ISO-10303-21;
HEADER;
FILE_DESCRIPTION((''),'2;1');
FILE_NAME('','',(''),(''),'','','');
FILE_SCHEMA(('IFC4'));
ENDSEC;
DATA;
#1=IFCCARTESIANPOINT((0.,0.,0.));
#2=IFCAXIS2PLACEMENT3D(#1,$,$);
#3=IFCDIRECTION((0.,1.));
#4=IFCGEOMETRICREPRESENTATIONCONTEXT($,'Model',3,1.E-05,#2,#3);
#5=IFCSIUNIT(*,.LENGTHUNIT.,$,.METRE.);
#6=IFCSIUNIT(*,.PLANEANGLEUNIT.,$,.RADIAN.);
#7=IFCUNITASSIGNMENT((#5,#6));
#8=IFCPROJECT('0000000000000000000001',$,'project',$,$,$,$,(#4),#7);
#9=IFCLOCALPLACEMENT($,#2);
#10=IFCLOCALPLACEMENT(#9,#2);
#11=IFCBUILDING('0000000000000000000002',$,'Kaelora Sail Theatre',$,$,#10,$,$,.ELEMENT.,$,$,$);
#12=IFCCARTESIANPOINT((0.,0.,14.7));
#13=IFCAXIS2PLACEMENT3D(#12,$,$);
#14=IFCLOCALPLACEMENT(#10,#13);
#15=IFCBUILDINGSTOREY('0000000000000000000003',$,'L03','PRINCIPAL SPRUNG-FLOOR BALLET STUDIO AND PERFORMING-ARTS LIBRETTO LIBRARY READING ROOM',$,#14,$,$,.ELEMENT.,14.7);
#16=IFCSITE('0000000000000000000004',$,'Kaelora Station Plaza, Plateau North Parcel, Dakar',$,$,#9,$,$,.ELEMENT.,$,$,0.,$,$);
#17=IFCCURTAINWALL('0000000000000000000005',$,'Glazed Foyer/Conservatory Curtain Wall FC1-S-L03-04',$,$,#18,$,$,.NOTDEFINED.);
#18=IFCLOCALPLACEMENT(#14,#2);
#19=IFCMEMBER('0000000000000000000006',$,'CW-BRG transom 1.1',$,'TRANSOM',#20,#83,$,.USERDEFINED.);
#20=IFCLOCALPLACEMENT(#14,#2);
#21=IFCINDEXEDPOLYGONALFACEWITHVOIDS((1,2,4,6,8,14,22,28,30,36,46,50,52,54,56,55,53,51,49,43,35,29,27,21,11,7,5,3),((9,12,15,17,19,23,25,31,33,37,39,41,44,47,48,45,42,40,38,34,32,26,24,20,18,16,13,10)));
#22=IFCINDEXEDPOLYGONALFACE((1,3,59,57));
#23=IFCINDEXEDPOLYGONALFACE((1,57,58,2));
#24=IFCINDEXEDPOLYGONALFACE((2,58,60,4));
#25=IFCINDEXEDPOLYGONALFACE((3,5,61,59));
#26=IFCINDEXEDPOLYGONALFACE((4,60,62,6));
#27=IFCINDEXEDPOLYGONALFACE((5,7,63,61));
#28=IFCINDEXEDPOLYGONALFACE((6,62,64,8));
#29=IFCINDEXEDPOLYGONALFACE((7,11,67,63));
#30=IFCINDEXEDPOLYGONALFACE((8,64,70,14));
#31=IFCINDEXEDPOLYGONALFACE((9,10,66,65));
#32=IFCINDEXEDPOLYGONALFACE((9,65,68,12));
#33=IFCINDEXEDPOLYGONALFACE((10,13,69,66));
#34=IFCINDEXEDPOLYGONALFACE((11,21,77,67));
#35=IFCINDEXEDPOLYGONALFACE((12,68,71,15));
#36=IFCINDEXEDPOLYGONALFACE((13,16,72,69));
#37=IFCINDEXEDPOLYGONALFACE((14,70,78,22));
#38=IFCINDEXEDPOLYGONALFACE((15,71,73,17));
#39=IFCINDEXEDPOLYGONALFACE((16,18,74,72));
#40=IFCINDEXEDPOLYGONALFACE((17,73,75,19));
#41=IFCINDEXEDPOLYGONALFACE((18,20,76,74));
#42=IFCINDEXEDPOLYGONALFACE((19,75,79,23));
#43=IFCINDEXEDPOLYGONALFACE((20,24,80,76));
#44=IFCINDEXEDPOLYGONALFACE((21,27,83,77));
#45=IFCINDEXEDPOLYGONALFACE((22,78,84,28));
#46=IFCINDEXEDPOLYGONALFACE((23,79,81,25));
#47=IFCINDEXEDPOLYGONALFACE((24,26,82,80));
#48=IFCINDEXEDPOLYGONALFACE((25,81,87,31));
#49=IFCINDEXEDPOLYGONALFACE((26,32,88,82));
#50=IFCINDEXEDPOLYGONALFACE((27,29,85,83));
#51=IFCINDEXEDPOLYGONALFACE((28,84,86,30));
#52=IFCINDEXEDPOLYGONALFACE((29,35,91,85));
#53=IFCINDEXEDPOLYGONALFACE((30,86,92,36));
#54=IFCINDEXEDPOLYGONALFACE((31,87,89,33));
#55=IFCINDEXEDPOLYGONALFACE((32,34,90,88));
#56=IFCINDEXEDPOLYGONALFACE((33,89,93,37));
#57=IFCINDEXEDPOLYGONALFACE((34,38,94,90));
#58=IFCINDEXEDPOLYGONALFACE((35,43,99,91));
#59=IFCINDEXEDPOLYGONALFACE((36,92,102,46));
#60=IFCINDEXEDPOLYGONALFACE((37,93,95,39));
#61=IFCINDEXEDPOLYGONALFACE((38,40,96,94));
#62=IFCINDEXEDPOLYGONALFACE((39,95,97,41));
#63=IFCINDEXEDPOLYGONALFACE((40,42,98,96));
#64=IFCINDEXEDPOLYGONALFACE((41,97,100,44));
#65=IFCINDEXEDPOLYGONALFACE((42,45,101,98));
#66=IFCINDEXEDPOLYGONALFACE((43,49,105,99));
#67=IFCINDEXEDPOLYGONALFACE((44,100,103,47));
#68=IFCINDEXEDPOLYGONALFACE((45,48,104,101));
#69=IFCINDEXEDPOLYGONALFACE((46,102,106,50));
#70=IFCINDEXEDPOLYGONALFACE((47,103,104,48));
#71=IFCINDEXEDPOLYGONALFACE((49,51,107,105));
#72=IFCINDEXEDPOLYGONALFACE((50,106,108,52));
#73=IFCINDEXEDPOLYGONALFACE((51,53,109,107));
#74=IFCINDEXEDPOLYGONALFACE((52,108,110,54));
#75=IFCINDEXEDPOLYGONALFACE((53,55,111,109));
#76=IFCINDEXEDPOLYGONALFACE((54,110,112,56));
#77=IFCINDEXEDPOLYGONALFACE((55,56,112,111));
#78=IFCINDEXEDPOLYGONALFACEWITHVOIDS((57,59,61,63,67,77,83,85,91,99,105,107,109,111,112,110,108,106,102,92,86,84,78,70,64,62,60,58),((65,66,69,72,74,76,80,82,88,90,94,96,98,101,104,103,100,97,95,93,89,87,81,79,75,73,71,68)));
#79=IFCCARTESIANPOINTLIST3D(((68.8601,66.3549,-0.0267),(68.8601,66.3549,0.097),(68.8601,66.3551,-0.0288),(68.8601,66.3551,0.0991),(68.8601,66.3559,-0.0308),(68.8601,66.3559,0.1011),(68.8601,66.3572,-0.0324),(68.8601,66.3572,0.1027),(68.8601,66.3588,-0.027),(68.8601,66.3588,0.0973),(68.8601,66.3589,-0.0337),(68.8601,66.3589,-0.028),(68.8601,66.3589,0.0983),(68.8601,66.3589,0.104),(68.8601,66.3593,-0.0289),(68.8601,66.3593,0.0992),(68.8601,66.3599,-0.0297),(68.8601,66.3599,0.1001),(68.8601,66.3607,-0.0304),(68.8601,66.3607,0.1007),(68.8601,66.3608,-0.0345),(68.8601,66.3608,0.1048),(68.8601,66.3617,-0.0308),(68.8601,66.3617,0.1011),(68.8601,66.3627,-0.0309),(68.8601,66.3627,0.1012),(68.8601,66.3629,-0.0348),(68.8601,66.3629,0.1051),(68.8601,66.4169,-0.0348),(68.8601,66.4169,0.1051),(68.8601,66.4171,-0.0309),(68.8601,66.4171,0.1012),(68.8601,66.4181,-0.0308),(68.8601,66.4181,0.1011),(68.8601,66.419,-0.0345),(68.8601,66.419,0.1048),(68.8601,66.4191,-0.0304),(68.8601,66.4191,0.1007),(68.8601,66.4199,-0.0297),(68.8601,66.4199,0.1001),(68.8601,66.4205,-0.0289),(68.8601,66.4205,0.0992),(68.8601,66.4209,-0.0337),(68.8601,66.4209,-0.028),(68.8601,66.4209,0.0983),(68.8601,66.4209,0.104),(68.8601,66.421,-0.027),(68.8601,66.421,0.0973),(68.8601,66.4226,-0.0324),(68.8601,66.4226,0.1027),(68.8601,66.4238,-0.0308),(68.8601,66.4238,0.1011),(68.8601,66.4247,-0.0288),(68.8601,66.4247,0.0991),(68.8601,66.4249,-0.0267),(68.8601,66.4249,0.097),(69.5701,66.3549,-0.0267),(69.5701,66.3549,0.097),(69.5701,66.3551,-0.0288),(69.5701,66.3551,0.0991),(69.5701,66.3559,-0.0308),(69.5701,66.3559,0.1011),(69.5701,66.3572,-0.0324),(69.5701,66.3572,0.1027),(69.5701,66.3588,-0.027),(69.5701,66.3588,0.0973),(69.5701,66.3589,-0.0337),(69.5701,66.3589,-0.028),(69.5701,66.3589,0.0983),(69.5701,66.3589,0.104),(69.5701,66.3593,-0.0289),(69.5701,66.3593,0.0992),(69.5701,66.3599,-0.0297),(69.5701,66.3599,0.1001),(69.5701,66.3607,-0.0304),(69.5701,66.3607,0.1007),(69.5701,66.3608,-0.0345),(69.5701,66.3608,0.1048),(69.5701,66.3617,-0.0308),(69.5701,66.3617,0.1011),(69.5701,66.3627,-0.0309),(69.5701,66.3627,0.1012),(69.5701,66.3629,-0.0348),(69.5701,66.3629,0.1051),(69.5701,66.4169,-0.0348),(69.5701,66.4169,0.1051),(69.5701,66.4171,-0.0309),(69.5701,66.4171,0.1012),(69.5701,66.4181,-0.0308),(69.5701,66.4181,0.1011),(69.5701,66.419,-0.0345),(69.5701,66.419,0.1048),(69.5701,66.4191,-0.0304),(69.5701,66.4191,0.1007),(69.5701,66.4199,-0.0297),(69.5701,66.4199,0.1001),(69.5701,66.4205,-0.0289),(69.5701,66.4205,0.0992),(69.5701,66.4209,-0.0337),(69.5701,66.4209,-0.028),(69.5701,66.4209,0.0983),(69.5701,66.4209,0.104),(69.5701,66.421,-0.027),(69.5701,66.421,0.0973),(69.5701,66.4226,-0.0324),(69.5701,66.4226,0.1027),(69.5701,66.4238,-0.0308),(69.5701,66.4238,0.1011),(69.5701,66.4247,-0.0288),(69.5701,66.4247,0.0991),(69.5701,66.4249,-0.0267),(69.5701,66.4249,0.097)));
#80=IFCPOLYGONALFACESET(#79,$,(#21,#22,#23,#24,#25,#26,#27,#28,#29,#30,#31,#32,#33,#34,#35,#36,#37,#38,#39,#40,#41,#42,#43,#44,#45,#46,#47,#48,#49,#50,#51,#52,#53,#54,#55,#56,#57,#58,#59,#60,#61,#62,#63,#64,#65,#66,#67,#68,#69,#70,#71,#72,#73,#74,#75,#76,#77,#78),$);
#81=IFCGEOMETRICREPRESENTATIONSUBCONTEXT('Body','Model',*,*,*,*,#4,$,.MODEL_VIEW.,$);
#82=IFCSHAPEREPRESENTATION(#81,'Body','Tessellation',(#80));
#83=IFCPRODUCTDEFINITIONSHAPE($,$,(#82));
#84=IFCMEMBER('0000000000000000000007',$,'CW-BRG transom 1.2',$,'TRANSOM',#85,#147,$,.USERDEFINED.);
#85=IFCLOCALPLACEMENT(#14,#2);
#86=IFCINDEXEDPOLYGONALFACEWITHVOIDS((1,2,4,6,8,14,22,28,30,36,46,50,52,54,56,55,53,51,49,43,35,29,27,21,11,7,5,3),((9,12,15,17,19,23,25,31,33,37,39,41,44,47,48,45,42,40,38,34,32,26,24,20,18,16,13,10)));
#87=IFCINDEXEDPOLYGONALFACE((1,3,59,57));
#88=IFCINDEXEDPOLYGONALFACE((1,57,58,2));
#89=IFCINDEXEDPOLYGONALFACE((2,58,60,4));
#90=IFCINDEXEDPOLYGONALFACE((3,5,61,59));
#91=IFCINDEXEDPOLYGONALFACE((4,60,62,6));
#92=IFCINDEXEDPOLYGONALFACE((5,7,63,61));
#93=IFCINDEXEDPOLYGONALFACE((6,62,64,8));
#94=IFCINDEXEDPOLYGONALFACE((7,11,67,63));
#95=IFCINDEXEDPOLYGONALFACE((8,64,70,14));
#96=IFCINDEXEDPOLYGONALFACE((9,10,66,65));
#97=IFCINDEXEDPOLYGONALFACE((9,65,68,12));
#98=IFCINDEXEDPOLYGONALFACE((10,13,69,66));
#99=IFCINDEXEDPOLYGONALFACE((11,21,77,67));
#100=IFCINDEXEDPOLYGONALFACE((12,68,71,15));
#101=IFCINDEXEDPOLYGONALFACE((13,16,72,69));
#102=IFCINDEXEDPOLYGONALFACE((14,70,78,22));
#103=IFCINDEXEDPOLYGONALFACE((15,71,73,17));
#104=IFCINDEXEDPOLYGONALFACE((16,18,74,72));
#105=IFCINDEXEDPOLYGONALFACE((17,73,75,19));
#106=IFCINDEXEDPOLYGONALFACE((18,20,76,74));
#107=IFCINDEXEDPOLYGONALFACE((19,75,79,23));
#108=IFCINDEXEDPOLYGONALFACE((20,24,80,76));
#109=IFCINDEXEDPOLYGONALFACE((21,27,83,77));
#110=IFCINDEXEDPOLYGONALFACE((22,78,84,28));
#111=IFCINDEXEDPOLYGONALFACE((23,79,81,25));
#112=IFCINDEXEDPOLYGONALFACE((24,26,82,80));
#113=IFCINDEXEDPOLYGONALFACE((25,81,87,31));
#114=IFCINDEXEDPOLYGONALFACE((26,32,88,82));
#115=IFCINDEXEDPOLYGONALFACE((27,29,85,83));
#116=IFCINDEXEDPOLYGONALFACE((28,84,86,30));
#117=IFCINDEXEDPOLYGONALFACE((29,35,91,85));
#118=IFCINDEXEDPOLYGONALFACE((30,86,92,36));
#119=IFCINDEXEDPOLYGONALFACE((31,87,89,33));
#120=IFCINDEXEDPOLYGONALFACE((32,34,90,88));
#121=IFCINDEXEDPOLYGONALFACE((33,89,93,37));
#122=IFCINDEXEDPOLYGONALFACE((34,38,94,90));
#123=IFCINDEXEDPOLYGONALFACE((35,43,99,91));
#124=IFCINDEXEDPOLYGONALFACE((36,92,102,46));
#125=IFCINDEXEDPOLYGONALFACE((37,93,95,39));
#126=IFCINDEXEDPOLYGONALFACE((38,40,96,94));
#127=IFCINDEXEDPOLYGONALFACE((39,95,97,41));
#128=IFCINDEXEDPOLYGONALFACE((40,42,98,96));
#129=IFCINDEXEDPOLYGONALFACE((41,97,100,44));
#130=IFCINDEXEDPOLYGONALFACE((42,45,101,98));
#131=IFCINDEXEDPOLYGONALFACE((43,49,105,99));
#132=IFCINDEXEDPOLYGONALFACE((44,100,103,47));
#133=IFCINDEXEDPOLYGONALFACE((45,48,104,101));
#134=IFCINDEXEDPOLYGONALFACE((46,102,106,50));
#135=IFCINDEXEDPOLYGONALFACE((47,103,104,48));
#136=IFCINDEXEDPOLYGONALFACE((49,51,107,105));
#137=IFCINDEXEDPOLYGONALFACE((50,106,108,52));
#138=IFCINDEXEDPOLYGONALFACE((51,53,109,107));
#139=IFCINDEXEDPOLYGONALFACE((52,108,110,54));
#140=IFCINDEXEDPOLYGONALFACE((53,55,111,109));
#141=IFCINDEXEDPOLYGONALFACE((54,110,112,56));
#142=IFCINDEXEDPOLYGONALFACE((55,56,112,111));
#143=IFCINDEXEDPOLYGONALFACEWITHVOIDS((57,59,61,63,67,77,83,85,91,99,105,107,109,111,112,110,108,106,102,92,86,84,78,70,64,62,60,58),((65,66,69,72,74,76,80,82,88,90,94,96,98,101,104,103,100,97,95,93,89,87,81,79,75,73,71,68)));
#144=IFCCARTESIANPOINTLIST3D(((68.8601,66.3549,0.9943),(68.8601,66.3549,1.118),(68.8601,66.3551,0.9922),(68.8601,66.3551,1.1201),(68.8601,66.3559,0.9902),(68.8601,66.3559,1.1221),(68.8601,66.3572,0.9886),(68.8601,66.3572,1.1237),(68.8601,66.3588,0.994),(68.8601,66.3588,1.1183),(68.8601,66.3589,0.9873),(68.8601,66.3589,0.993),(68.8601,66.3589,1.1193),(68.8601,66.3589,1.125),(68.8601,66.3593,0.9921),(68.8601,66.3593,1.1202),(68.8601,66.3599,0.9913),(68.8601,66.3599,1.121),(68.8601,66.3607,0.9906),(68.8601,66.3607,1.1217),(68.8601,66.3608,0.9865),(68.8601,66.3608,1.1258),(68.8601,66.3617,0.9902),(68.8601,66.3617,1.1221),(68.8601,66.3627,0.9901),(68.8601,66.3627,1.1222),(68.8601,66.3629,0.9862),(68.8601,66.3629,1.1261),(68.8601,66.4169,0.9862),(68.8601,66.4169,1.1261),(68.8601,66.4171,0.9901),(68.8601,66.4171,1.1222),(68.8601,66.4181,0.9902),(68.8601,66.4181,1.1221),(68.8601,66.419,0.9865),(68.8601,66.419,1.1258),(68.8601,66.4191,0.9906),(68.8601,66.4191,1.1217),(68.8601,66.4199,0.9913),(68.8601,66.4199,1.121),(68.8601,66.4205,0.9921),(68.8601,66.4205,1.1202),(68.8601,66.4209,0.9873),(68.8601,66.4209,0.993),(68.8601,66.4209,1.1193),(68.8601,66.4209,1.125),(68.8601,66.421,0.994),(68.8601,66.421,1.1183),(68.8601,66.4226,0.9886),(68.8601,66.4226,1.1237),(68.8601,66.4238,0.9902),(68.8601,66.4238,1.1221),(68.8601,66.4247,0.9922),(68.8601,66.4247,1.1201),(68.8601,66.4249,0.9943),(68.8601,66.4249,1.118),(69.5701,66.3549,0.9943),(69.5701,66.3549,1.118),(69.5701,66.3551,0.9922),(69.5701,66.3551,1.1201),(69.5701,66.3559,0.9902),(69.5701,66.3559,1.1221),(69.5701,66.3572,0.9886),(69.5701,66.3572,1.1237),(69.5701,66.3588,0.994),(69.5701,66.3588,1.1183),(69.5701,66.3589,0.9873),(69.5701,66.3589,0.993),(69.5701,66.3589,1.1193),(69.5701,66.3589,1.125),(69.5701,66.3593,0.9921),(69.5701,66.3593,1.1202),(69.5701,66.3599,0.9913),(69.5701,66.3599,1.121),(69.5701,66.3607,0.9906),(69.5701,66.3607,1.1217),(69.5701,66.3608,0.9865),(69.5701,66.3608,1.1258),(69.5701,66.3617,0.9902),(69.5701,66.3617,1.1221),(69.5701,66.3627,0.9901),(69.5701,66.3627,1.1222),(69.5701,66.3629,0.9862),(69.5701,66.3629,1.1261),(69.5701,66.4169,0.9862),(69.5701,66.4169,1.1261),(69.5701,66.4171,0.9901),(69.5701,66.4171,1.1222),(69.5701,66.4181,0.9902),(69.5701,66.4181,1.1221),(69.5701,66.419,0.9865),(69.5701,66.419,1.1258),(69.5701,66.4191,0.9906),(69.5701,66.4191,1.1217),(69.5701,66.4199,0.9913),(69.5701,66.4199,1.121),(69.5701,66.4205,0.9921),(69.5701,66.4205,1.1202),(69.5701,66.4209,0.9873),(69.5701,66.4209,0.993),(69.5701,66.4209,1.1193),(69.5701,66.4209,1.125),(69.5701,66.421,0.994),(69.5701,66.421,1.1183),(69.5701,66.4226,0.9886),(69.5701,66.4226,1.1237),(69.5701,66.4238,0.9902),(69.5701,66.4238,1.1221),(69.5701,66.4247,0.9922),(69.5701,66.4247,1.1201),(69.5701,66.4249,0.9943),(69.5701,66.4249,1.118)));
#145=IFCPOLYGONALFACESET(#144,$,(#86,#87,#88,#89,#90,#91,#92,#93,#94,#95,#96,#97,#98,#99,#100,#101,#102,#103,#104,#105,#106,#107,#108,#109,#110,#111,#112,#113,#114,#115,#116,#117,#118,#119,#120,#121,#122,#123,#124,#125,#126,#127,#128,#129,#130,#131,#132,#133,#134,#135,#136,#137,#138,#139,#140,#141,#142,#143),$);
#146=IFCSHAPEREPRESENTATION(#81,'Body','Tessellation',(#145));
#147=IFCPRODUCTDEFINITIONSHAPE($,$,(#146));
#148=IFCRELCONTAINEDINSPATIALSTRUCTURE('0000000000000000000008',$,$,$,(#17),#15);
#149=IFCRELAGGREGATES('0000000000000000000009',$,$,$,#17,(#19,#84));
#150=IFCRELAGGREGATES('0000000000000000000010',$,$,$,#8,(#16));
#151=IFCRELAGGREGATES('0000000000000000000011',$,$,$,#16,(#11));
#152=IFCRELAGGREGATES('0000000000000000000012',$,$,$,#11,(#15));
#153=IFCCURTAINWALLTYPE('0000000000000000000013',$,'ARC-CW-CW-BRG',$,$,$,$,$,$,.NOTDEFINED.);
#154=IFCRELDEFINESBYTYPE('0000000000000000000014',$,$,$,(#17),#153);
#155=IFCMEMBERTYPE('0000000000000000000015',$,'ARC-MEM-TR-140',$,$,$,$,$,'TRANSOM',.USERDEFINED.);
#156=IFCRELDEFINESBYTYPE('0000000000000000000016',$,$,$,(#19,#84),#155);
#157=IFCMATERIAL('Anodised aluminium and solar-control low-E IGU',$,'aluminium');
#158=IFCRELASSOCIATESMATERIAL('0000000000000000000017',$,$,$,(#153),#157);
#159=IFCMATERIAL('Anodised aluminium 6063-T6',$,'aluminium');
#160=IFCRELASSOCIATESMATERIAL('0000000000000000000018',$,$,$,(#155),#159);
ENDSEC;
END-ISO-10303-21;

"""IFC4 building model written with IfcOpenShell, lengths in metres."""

from ifc_helpers import new_model, si_unit, direction, frame, origin, origin_2d, place, context, subcontext, project, spatial, hollow_rectangle, extrude, material, material_profile, profile_set, type_object, element, aggregate, save


model = new_model("IFC4")

# Units and contexts
model_context = context("Model", 3, precision=1e-05, world=origin(), true_north=direction((0.0, 1.0)))
body_context = subcontext(model_context, "Body", "Model", "MODEL_VIEW")
ifc_project = project(units=[si_unit("LENGTHUNIT", "METRE"), si_unit("PLANEANGLEUNIT", "RADIAN")], contexts=[model_context])

# Site, building, storey
site_placement = place(None, origin())
site = spatial("IfcSite", under=ifc_project, at=site_placement, Name="Kaelora Station Plaza, Plateau North Parcel, Dakar", CompositionType="ELEMENT", RefElevation=0.0)
building_placement = place(site_placement, origin())
building = spatial("IfcBuilding", under=site, at=building_placement, Name="Kaelora Sail Theatre", CompositionType="ELEMENT")
storey_placement = place(building_placement, frame((0.0, 0.0, 14.7)))
storey = spatial("IfcBuildingStorey", under=building, at=storey_placement, Name="L03", Description="PRINCIPAL SPRUNG-FLOOR BALLET STUDIO AND PERFORMING-ARTS LIBRETTO LIBRARY READING ROOM", CompositionType="ELEMENT", Elevation=14.7)

# Curtain wall
ifc_material_1 = material(Name="Anodised aluminium and solar-control low-E IGU", Category="aluminium")
curtain_wall_type = type_object("IfcCurtainWallType", Name="ARC-CW-CW-BRG", PredefinedType="NOTDEFINED", material=ifc_material_1)
curtain_wall_1_placement = place(storey_placement, origin())
curtain_wall_1 = element("IfcCurtainWall", 1, at=curtain_wall_1_placement, inside=storey, type_object=curtain_wall_type, Name="Glazed Foyer/Conservatory Curtain Wall FC1-S-L03-04", PredefinedType="NOTDEFINED")

# Members
ifc_material_2 = material(Name="Anodised aluminium 6063-T6", Category="aluminium")
ifc_material_profile_1 = material_profile(ifc_material_2, hollow_rectangle(XDim=0.0701, YDim=0.1399, WallThickness=0.0039, InnerFilletRadius=0.0039, OuterFilletRadius=0.0081, at=origin_2d()), Name="ALU-TRAN 70x140x4")
ifc_profile_set_1 = profile_set([ifc_material_profile_1], Name="Anodised aluminium 6063-T6")
member_type_1 = type_object("IfcMemberType", Name="ARC-MEM-TR-140", ElementType="TRANSOM", PredefinedType="USERDEFINED", material=ifc_profile_set_1)
member_1_placement = place(storey_placement, frame((68.8601, 66.3899, 0.0352), z_axis=(1.0, 0.0, 0.0), x_axis=(0.0, 1.0, 0.0)))
member_1 = element("IfcMember", 2, at=member_1_placement, type_object=member_type_1, Name="CW-BRG transom 1.1", ObjectType="TRANSOM", PredefinedType="USERDEFINED", context=body_context, shape_type="SweptSolid", body=[
    extrude(hollow_rectangle(XDim=0.0701, YDim=0.1399, WallThickness=0.0039, InnerFilletRadius=0.0039, OuterFilletRadius=0.0081, at=origin_2d()), origin(), (0.0, 0.0, 1.0), 0.71),
])
member_2_placement = place(storey_placement, frame((68.8601, 66.3899, 1.0562), z_axis=(1.0, 0.0, 0.0), x_axis=(0.0, 1.0, 0.0)))
member_2 = element("IfcMember", 3, at=member_2_placement, type_object=member_type_1, Name="CW-BRG transom 1.2", ObjectType="TRANSOM", PredefinedType="USERDEFINED", context=body_context, shape_type="SweptSolid", body=[
    extrude(hollow_rectangle(XDim=0.0701, YDim=0.1399, WallThickness=0.0039, InnerFilletRadius=0.0039, OuterFilletRadius=0.0081, at=origin_2d()), origin(), (0.0, 0.0, 1.0), 0.71),
])

aggregate(curtain_wall_1, [member_1, member_2])

save(model, "model.ifc")
